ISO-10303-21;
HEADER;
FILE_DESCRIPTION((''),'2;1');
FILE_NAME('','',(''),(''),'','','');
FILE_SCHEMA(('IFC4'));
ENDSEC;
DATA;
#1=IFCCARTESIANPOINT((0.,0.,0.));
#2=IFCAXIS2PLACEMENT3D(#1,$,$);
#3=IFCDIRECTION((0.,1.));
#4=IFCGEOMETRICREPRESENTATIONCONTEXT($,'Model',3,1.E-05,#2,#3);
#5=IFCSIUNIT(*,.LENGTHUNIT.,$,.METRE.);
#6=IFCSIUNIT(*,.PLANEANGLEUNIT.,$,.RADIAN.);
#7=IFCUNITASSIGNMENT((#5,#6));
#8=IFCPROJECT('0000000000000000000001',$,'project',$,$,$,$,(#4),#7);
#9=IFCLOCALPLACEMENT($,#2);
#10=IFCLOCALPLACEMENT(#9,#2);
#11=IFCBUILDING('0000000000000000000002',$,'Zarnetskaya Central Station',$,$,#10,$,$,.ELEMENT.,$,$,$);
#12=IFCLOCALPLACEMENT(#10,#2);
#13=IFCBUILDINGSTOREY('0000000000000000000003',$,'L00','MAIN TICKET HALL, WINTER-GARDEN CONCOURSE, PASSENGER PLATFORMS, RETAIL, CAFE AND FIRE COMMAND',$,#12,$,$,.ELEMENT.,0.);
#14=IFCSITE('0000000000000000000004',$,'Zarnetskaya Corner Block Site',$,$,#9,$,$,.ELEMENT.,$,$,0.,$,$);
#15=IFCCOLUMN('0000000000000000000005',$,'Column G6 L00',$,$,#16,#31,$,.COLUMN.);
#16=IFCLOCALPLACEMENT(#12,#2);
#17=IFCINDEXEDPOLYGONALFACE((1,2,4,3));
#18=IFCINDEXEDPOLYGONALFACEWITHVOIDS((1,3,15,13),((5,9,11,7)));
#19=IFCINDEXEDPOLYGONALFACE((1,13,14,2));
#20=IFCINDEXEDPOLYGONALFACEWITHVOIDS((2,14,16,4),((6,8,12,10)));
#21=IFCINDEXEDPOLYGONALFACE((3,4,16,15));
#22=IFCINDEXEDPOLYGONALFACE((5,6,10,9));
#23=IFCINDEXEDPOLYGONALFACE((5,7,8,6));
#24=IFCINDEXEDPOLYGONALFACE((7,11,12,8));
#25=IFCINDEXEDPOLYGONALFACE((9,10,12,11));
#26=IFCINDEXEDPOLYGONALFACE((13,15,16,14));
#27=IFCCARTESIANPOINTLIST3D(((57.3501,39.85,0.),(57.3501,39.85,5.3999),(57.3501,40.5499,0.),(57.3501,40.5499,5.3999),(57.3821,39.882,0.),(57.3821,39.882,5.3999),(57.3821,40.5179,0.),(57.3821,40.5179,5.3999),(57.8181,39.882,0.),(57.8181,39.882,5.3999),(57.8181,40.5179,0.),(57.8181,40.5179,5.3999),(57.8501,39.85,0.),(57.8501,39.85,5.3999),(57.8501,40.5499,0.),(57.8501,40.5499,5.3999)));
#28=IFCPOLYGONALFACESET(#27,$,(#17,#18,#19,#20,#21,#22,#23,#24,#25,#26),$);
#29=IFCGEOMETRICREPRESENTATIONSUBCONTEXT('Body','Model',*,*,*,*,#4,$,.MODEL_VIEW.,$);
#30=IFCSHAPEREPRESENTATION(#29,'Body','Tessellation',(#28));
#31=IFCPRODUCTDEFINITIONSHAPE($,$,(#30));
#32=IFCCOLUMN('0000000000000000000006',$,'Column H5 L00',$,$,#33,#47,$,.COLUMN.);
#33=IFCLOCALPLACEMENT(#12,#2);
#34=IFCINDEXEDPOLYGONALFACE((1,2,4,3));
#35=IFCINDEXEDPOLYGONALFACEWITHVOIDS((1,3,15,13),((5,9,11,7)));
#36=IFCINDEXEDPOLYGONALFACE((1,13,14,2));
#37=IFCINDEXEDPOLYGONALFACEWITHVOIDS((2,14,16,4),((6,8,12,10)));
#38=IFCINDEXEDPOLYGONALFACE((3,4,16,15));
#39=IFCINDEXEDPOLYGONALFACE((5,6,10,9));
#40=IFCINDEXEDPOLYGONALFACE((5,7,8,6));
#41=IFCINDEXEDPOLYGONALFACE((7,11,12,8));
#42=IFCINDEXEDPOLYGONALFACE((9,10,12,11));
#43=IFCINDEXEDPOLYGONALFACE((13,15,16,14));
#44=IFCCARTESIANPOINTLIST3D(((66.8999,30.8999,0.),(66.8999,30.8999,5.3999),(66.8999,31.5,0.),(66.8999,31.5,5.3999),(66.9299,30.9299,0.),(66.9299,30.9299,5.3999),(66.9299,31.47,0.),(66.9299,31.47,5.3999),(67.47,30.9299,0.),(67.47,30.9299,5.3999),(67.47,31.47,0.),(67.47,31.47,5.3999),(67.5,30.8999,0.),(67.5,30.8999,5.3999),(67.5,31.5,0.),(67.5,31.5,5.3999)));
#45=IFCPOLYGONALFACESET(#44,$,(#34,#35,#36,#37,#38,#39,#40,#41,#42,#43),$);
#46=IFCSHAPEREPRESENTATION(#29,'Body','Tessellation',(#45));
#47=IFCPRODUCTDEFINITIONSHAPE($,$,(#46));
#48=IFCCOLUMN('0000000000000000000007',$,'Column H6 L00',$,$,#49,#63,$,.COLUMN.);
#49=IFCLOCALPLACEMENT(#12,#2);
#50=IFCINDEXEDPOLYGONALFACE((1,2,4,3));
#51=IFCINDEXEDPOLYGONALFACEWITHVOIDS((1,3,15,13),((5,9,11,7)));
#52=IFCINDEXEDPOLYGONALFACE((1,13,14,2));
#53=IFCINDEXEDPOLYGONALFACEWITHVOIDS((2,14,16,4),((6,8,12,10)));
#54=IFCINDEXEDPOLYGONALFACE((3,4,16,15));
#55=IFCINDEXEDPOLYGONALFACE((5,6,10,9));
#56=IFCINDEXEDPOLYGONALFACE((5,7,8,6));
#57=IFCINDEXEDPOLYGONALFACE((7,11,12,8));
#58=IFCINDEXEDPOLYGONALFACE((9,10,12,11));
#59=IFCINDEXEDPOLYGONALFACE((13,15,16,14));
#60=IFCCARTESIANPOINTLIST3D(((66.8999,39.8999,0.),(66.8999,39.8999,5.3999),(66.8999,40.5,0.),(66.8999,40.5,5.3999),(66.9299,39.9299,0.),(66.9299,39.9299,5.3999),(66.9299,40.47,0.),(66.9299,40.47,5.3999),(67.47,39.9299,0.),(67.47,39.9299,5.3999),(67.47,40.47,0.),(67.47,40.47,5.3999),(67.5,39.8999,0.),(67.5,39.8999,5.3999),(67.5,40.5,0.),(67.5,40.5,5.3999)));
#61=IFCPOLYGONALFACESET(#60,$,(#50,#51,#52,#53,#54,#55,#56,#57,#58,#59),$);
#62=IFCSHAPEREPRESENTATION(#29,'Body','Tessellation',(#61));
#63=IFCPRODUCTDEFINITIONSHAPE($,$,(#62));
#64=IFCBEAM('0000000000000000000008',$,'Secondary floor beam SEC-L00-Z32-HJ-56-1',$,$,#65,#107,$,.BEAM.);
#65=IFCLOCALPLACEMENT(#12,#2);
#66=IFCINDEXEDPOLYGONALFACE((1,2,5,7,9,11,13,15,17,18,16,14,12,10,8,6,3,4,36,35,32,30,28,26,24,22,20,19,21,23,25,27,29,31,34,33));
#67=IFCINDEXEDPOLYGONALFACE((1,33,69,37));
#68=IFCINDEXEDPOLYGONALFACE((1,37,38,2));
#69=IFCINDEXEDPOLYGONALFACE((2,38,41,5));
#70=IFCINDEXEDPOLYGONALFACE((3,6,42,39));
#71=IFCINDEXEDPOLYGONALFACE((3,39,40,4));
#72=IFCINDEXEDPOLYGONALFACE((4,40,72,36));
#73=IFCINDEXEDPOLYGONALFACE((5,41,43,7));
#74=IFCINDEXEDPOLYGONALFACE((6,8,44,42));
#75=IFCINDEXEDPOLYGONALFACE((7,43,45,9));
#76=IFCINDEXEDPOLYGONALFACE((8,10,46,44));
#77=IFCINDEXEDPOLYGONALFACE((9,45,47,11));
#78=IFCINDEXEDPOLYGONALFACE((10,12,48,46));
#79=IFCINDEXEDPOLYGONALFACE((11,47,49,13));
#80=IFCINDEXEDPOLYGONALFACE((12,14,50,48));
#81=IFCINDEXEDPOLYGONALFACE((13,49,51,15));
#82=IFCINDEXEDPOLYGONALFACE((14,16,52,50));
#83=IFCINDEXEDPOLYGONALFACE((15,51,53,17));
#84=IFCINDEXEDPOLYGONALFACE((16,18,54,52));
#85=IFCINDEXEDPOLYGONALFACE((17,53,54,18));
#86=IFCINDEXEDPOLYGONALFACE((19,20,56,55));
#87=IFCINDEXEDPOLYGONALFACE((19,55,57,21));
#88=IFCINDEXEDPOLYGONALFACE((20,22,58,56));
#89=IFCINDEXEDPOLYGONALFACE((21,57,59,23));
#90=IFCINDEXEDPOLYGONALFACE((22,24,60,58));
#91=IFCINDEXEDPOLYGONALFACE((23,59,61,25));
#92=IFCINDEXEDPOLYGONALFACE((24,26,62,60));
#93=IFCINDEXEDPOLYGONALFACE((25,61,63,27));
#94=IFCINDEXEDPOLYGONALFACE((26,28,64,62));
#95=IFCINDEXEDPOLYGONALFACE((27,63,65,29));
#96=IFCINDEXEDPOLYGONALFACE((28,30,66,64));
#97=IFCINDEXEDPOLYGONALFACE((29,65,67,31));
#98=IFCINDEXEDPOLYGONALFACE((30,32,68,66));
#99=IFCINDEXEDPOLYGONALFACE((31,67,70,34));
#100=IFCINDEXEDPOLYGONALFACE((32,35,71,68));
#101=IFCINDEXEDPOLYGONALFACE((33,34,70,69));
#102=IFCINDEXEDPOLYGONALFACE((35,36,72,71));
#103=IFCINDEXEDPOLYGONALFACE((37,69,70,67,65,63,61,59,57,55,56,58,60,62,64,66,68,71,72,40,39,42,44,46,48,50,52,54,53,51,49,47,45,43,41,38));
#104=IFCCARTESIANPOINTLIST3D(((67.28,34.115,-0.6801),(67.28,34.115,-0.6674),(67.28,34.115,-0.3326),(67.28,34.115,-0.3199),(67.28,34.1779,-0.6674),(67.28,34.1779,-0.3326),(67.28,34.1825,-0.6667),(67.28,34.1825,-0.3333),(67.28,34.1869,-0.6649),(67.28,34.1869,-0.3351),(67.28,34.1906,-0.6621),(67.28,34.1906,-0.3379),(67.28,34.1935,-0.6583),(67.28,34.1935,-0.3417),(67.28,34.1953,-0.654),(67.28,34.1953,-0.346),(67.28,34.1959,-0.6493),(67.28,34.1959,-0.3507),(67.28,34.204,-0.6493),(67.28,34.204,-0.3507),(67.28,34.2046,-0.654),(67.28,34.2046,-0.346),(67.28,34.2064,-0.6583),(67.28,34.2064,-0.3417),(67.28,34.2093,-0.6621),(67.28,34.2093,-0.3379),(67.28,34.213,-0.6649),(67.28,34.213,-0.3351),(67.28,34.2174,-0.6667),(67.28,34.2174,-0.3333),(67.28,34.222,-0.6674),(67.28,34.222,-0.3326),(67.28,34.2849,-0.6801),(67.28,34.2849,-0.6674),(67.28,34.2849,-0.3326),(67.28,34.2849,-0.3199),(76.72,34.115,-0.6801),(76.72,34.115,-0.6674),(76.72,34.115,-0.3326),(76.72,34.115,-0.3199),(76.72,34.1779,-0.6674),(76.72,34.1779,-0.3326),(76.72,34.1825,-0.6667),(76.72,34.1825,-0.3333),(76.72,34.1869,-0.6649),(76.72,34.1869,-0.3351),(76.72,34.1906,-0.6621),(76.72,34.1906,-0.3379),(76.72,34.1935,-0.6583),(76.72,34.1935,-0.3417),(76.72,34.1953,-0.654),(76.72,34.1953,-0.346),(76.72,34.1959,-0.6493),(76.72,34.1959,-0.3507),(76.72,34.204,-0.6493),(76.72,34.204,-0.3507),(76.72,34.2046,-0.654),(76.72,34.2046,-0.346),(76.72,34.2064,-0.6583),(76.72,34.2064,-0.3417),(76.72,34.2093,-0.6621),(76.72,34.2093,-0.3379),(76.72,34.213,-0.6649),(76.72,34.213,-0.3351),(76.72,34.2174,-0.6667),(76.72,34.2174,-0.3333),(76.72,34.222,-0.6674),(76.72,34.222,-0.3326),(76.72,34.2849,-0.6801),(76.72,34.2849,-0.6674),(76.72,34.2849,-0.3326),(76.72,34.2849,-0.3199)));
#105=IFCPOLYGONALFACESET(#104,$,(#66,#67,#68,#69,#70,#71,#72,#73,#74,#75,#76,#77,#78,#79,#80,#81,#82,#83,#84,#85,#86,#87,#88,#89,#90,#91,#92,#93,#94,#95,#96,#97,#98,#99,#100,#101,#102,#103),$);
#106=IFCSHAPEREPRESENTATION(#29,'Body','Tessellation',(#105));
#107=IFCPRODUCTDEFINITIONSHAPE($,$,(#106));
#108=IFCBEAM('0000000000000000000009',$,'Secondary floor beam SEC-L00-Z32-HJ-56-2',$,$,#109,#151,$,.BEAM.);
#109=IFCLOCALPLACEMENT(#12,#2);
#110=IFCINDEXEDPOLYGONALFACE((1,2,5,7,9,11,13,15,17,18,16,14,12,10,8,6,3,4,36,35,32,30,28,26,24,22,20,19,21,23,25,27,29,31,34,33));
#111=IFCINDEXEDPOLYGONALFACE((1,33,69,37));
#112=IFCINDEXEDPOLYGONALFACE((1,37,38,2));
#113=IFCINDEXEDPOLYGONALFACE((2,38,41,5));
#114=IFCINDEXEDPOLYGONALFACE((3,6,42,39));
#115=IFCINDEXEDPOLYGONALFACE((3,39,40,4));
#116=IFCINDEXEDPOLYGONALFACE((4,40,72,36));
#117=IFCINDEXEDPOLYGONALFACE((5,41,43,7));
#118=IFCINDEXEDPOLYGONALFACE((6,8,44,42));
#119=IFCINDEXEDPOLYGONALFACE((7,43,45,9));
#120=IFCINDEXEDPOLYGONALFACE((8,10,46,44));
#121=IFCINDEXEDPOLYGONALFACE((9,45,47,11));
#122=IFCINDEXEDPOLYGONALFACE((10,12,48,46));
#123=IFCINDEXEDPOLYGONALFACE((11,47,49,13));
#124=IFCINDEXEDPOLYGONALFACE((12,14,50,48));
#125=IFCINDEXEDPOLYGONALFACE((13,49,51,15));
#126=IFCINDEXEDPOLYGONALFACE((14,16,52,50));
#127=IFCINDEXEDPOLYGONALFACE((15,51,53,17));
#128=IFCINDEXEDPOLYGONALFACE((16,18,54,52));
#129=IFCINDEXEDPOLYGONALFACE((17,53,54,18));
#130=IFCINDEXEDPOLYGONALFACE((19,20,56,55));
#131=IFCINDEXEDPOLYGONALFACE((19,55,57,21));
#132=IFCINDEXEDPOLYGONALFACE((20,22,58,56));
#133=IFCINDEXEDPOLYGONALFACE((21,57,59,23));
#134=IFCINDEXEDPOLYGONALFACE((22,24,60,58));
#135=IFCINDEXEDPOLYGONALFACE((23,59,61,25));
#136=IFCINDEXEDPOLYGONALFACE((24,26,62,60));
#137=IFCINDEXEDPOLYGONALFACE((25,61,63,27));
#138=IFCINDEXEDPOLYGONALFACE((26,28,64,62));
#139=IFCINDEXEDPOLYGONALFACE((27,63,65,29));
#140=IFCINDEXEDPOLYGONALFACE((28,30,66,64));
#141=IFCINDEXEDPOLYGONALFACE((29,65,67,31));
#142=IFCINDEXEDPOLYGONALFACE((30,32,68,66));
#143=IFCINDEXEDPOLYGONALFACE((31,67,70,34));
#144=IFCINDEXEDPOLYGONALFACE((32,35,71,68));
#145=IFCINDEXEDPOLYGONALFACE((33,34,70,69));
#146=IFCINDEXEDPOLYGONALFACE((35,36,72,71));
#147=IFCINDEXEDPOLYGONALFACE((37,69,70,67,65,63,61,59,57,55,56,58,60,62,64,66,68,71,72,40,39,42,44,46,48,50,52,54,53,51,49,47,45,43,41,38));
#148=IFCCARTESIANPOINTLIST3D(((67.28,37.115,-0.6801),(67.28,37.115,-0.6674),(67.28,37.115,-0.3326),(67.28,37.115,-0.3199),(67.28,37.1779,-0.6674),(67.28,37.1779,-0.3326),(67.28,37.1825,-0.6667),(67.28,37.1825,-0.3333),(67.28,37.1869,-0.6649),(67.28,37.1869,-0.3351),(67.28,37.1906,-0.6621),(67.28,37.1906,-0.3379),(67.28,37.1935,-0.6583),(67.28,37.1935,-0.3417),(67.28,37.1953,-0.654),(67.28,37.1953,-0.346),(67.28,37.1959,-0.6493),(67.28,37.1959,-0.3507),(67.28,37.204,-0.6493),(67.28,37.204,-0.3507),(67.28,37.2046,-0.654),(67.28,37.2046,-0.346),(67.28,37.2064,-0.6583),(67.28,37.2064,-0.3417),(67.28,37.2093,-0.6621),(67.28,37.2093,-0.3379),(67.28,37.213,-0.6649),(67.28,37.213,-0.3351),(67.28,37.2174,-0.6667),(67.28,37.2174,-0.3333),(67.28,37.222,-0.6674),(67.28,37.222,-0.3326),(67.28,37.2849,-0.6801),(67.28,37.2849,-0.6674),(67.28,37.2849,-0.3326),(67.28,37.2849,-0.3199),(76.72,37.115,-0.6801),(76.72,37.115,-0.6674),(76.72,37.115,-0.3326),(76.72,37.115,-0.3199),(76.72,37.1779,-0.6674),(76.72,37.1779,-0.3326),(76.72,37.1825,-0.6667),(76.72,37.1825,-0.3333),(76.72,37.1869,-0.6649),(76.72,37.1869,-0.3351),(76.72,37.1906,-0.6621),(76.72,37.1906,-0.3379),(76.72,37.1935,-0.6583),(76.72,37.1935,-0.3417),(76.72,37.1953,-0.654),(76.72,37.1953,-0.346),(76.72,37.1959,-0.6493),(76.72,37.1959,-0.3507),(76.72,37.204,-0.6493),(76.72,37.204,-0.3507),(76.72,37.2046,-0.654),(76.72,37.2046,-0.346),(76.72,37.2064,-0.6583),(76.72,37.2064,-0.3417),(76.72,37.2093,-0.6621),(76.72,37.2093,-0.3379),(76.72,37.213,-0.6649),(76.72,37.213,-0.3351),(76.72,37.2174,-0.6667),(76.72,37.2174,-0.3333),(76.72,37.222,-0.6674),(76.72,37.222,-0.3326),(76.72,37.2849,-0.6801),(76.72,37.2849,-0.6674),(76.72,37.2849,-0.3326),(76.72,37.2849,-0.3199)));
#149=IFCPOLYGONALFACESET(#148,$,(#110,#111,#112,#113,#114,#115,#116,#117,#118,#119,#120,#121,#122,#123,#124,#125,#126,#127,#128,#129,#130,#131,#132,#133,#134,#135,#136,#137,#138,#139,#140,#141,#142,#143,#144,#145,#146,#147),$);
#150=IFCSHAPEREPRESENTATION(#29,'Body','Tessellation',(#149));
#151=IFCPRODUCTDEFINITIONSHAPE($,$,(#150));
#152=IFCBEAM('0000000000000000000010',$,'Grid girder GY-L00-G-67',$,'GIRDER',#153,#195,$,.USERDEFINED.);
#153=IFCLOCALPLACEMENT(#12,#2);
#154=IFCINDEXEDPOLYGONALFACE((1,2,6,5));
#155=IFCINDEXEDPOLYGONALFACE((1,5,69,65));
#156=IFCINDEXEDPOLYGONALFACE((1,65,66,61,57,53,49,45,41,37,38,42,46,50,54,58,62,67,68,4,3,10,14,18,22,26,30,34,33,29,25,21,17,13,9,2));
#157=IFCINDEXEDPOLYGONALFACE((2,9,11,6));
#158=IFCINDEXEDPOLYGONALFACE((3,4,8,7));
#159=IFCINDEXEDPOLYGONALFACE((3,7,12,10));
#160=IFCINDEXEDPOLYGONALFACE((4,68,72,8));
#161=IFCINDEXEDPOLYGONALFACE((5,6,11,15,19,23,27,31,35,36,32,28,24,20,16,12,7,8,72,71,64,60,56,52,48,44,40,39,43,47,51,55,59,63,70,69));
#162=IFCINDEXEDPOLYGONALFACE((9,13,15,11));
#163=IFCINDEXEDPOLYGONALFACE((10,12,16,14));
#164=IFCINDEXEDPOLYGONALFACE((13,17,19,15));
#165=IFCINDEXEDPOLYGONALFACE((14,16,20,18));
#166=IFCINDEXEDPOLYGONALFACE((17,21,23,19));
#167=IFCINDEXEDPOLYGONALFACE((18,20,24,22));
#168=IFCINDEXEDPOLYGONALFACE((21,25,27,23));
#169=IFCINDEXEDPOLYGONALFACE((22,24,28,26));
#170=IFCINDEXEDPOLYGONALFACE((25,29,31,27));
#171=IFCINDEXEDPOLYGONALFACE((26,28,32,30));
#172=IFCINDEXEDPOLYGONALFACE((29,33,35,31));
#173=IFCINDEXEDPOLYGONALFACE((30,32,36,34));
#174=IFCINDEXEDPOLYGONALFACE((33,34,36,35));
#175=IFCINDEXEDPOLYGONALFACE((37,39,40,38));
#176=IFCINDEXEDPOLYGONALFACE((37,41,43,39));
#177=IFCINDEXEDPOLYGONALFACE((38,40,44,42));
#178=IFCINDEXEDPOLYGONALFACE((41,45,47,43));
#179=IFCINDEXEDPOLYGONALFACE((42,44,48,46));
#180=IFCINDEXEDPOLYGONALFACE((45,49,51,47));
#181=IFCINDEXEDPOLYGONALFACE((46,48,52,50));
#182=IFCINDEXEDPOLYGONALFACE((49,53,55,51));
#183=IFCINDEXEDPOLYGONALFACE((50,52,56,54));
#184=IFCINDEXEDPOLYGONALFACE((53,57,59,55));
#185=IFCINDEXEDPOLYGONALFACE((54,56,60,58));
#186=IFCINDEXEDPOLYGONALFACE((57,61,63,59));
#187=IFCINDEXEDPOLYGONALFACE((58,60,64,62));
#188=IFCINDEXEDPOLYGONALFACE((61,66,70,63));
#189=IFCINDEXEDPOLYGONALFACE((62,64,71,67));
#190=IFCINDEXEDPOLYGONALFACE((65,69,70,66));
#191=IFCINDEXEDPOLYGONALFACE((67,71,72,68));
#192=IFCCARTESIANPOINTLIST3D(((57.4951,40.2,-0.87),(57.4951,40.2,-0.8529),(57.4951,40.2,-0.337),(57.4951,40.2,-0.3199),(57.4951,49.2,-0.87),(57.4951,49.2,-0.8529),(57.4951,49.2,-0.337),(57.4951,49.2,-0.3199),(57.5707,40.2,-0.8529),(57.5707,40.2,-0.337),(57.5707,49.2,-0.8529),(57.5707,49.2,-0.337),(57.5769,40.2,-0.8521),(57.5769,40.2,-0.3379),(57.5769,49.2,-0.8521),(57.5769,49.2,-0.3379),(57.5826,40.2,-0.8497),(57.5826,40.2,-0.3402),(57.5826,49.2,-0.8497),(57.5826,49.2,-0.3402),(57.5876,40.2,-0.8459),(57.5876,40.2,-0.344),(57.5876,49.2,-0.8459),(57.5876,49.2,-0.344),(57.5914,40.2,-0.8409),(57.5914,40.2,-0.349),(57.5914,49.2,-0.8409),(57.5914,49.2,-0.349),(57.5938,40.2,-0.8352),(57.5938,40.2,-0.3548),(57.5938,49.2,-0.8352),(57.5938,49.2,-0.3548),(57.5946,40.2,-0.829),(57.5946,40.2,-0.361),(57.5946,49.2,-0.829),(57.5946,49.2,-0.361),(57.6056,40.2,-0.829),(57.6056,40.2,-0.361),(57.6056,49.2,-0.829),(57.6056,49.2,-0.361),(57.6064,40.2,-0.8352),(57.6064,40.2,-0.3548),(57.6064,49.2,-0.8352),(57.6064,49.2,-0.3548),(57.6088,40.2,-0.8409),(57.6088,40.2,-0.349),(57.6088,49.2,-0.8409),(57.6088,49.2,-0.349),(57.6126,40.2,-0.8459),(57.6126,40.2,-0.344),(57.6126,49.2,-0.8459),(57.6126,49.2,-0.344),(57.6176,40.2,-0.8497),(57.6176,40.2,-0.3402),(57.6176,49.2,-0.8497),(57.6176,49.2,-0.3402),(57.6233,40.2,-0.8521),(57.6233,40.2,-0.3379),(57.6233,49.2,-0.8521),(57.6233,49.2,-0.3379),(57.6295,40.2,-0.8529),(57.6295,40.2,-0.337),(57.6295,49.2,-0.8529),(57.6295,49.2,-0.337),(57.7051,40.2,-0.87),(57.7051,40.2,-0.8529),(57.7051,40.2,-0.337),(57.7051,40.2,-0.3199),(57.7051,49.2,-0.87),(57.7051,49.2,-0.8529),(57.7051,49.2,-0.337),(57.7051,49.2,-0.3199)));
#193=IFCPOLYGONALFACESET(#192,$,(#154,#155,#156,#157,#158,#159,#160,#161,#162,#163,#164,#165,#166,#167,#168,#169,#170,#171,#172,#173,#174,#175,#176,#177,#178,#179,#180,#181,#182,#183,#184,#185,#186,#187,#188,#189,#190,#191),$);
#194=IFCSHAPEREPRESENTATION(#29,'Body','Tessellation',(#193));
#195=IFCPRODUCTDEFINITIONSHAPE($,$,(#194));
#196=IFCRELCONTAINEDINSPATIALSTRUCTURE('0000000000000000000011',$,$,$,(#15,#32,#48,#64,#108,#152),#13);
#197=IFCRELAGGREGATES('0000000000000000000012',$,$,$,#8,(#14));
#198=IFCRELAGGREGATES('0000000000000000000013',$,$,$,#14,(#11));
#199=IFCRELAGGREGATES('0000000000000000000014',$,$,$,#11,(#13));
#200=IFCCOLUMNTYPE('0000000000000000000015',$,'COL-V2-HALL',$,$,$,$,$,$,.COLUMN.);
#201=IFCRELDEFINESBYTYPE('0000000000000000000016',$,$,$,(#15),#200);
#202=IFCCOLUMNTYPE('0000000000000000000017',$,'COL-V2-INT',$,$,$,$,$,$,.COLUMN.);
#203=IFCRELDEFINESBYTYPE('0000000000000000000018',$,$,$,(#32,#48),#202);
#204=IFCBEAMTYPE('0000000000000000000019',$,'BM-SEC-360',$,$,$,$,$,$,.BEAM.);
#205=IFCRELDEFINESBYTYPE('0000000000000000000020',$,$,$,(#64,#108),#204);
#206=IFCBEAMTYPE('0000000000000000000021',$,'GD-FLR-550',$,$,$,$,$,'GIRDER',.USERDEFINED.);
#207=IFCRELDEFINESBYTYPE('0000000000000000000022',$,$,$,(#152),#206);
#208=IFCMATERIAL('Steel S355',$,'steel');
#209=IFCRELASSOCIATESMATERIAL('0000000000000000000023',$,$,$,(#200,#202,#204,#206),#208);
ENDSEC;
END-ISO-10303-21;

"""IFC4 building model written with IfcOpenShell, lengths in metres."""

from ifc_helpers import new_model, si_unit, direction, frame, origin, origin_2d, place, context, subcontext, project, spatial, hollow_rectangle, i_section, extrude, material, material_profile, profile_set, type_object, element, save


model = new_model("IFC4")

# Units and contexts
model_context = context("Model", 3, precision=1e-05, world=origin(), true_north=direction((0.0, 1.0)))
body_context = subcontext(model_context, "Body", "Model", "MODEL_VIEW")
ifc_project = project(units=[si_unit("LENGTHUNIT", "METRE"), si_unit("PLANEANGLEUNIT", "RADIAN")], contexts=[model_context])

# Site, building, storey
site_placement = place(None, origin())
site = spatial("IfcSite", under=ifc_project, at=site_placement, Name="Zarnetskaya Corner Block Site", CompositionType="ELEMENT", RefElevation=0.0)
building_placement = place(site_placement, origin())
building = spatial("IfcBuilding", under=site, at=building_placement, Name="Zarnetskaya Central Station", CompositionType="ELEMENT")
storey_placement = place(building_placement, origin())
storey = spatial("IfcBuildingStorey", under=building, at=storey_placement, Name="L00", Description="MAIN TICKET HALL, WINTER-GARDEN CONCOURSE, PASSENGER PLATFORMS, RETAIL, CAFE AND FIRE COMMAND", CompositionType="ELEMENT", Elevation=0.0)

# Columns
ifc_material_1 = material(Name="Steel S355", Category="steel")
ifc_material_profile_1 = material_profile(ifc_material_1, hollow_rectangle(XDim=0.5, YDim=0.7, WallThickness=0.032, at=origin_2d()), Name="BOX 700x500x32")
ifc_profile_set_1 = profile_set([ifc_material_profile_1], Name="Steel S355")
column_type_1 = type_object("IfcColumnType", Name="COL-V2-HALL", PredefinedType="COLUMN", material=ifc_profile_set_1)
column_placement = place(storey_placement, frame((57.6001, 40.2, 0.0), z_axis=(0.0, 0.0, 1.0), x_axis=(1.0, 0.0, 0.0)))
element("IfcColumn", 1, at=column_placement, inside=storey, type_object=column_type_1, Name="Column G6 L00", PredefinedType="COLUMN", context=body_context, shape_type="SweptSolid", body=[
    extrude(hollow_rectangle(XDim=0.5, YDim=0.7, WallThickness=0.032, at=origin_2d()), origin(), (0.0, 0.0, 1.0), 5.3999),
])
ifc_material_profile_2 = material_profile(ifc_material_1, hollow_rectangle(XDim=0.6001, YDim=0.6001, WallThickness=0.03, at=origin_2d()), Name="BOX 600x600x30")
ifc_profile_set_2 = profile_set([ifc_material_profile_2], Name="Steel S355")
column_type_2 = type_object("IfcColumnType", Name="COL-V2-INT", PredefinedType="COLUMN", material=ifc_profile_set_2)
for number, where, z_axis, x_axis, name in (
    (2, (67.2, 31.2, 0.0), (0.0, 0.0, 1.0), (1.0, 0.0, 0.0), "Column H5 L00"),
    (3, (67.2, 40.2, 0.0), (0.0, 0.0, 1.0), (1.0, 0.0, 0.0), "Column H6 L00"),
):
    element("IfcColumn", number, at=place(storey_placement, frame(where, z_axis=z_axis, x_axis=x_axis)), inside=storey, type_object=column_type_2, Name=name, PredefinedType="COLUMN", context=body_context, shape_type="SweptSolid", body=[
        extrude(hollow_rectangle(XDim=0.6001, YDim=0.6001, WallThickness=0.03, at=origin_2d()), origin(), (0.0, 0.0, 1.0), 5.3999),
    ])

# Beams
ifc_material_profile_3 = material_profile(ifc_material_1, i_section(OverallWidth=0.1699, OverallDepth=0.3601, WebThickness=0.0081, FlangeThickness=0.0127, FilletRadius=0.0181, at=origin_2d()), Name="IPE 360")
ifc_profile_set_3 = profile_set([ifc_material_profile_3], Name="Steel S355")
beam_type_1 = type_object("IfcBeamType", Name="BM-SEC-360", PredefinedType="BEAM", material=ifc_profile_set_3)
for number, where, z_axis, x_axis, name in (
    (4, (67.28, 34.2, -0.5), (1.0, 0.0, 0.0), (0.0, 1.0, 0.0), "Secondary floor beam SEC-L00-Z32-HJ-56-1"),
    (5, (67.28, 37.2, -0.5), (1.0, 0.0, 0.0), (0.0, 1.0, 0.0), "Secondary floor beam SEC-L00-Z32-HJ-56-2"),
):
    element("IfcBeam", number, at=place(storey_placement, frame(where, z_axis=z_axis, x_axis=x_axis)), inside=storey, type_object=beam_type_1, Name=name, PredefinedType="BEAM", context=body_context, shape_type="SweptSolid", body=[
        extrude(i_section(OverallWidth=0.1699, OverallDepth=0.3601, WebThickness=0.0081, FlangeThickness=0.0127, FilletRadius=0.0181, at=origin_2d()), origin(), (0.0, 0.0, 1.0), 9.4399),
    ])
ifc_material_profile_4 = material_profile(ifc_material_1, i_section(OverallWidth=0.21, OverallDepth=0.55, WebThickness=0.011, FlangeThickness=0.0171, FilletRadius=0.0239, at=origin_2d()), Name="IPE 550")
ifc_profile_set_4 = profile_set([ifc_material_profile_4], Name="Steel S355")
beam_type_2 = type_object("IfcBeamType", Name="GD-FLR-550", ElementType="GIRDER", PredefinedType="USERDEFINED", material=ifc_profile_set_4)
for number, where, z_axis, x_axis, name in (
    (6, (57.6001, 40.2, -0.595), (0.0, 1.0, 0.0), (-1.0, 0.0, 0.0), "Grid girder GY-L00-G-67"),
):
    element("IfcBeam", number, at=place(storey_placement, frame(where, z_axis=z_axis, x_axis=x_axis)), inside=storey, type_object=beam_type_2, Name=name, ObjectType="GIRDER", PredefinedType="USERDEFINED", context=body_context, shape_type="SweptSolid", body=[
        extrude(i_section(OverallWidth=0.21, OverallDepth=0.55, WebThickness=0.011, FlangeThickness=0.0171, FilletRadius=0.0239, at=origin_2d()), origin(), (0.0, 0.0, 1.0), 9.0),
    ])

save(model, "model.ifc")
